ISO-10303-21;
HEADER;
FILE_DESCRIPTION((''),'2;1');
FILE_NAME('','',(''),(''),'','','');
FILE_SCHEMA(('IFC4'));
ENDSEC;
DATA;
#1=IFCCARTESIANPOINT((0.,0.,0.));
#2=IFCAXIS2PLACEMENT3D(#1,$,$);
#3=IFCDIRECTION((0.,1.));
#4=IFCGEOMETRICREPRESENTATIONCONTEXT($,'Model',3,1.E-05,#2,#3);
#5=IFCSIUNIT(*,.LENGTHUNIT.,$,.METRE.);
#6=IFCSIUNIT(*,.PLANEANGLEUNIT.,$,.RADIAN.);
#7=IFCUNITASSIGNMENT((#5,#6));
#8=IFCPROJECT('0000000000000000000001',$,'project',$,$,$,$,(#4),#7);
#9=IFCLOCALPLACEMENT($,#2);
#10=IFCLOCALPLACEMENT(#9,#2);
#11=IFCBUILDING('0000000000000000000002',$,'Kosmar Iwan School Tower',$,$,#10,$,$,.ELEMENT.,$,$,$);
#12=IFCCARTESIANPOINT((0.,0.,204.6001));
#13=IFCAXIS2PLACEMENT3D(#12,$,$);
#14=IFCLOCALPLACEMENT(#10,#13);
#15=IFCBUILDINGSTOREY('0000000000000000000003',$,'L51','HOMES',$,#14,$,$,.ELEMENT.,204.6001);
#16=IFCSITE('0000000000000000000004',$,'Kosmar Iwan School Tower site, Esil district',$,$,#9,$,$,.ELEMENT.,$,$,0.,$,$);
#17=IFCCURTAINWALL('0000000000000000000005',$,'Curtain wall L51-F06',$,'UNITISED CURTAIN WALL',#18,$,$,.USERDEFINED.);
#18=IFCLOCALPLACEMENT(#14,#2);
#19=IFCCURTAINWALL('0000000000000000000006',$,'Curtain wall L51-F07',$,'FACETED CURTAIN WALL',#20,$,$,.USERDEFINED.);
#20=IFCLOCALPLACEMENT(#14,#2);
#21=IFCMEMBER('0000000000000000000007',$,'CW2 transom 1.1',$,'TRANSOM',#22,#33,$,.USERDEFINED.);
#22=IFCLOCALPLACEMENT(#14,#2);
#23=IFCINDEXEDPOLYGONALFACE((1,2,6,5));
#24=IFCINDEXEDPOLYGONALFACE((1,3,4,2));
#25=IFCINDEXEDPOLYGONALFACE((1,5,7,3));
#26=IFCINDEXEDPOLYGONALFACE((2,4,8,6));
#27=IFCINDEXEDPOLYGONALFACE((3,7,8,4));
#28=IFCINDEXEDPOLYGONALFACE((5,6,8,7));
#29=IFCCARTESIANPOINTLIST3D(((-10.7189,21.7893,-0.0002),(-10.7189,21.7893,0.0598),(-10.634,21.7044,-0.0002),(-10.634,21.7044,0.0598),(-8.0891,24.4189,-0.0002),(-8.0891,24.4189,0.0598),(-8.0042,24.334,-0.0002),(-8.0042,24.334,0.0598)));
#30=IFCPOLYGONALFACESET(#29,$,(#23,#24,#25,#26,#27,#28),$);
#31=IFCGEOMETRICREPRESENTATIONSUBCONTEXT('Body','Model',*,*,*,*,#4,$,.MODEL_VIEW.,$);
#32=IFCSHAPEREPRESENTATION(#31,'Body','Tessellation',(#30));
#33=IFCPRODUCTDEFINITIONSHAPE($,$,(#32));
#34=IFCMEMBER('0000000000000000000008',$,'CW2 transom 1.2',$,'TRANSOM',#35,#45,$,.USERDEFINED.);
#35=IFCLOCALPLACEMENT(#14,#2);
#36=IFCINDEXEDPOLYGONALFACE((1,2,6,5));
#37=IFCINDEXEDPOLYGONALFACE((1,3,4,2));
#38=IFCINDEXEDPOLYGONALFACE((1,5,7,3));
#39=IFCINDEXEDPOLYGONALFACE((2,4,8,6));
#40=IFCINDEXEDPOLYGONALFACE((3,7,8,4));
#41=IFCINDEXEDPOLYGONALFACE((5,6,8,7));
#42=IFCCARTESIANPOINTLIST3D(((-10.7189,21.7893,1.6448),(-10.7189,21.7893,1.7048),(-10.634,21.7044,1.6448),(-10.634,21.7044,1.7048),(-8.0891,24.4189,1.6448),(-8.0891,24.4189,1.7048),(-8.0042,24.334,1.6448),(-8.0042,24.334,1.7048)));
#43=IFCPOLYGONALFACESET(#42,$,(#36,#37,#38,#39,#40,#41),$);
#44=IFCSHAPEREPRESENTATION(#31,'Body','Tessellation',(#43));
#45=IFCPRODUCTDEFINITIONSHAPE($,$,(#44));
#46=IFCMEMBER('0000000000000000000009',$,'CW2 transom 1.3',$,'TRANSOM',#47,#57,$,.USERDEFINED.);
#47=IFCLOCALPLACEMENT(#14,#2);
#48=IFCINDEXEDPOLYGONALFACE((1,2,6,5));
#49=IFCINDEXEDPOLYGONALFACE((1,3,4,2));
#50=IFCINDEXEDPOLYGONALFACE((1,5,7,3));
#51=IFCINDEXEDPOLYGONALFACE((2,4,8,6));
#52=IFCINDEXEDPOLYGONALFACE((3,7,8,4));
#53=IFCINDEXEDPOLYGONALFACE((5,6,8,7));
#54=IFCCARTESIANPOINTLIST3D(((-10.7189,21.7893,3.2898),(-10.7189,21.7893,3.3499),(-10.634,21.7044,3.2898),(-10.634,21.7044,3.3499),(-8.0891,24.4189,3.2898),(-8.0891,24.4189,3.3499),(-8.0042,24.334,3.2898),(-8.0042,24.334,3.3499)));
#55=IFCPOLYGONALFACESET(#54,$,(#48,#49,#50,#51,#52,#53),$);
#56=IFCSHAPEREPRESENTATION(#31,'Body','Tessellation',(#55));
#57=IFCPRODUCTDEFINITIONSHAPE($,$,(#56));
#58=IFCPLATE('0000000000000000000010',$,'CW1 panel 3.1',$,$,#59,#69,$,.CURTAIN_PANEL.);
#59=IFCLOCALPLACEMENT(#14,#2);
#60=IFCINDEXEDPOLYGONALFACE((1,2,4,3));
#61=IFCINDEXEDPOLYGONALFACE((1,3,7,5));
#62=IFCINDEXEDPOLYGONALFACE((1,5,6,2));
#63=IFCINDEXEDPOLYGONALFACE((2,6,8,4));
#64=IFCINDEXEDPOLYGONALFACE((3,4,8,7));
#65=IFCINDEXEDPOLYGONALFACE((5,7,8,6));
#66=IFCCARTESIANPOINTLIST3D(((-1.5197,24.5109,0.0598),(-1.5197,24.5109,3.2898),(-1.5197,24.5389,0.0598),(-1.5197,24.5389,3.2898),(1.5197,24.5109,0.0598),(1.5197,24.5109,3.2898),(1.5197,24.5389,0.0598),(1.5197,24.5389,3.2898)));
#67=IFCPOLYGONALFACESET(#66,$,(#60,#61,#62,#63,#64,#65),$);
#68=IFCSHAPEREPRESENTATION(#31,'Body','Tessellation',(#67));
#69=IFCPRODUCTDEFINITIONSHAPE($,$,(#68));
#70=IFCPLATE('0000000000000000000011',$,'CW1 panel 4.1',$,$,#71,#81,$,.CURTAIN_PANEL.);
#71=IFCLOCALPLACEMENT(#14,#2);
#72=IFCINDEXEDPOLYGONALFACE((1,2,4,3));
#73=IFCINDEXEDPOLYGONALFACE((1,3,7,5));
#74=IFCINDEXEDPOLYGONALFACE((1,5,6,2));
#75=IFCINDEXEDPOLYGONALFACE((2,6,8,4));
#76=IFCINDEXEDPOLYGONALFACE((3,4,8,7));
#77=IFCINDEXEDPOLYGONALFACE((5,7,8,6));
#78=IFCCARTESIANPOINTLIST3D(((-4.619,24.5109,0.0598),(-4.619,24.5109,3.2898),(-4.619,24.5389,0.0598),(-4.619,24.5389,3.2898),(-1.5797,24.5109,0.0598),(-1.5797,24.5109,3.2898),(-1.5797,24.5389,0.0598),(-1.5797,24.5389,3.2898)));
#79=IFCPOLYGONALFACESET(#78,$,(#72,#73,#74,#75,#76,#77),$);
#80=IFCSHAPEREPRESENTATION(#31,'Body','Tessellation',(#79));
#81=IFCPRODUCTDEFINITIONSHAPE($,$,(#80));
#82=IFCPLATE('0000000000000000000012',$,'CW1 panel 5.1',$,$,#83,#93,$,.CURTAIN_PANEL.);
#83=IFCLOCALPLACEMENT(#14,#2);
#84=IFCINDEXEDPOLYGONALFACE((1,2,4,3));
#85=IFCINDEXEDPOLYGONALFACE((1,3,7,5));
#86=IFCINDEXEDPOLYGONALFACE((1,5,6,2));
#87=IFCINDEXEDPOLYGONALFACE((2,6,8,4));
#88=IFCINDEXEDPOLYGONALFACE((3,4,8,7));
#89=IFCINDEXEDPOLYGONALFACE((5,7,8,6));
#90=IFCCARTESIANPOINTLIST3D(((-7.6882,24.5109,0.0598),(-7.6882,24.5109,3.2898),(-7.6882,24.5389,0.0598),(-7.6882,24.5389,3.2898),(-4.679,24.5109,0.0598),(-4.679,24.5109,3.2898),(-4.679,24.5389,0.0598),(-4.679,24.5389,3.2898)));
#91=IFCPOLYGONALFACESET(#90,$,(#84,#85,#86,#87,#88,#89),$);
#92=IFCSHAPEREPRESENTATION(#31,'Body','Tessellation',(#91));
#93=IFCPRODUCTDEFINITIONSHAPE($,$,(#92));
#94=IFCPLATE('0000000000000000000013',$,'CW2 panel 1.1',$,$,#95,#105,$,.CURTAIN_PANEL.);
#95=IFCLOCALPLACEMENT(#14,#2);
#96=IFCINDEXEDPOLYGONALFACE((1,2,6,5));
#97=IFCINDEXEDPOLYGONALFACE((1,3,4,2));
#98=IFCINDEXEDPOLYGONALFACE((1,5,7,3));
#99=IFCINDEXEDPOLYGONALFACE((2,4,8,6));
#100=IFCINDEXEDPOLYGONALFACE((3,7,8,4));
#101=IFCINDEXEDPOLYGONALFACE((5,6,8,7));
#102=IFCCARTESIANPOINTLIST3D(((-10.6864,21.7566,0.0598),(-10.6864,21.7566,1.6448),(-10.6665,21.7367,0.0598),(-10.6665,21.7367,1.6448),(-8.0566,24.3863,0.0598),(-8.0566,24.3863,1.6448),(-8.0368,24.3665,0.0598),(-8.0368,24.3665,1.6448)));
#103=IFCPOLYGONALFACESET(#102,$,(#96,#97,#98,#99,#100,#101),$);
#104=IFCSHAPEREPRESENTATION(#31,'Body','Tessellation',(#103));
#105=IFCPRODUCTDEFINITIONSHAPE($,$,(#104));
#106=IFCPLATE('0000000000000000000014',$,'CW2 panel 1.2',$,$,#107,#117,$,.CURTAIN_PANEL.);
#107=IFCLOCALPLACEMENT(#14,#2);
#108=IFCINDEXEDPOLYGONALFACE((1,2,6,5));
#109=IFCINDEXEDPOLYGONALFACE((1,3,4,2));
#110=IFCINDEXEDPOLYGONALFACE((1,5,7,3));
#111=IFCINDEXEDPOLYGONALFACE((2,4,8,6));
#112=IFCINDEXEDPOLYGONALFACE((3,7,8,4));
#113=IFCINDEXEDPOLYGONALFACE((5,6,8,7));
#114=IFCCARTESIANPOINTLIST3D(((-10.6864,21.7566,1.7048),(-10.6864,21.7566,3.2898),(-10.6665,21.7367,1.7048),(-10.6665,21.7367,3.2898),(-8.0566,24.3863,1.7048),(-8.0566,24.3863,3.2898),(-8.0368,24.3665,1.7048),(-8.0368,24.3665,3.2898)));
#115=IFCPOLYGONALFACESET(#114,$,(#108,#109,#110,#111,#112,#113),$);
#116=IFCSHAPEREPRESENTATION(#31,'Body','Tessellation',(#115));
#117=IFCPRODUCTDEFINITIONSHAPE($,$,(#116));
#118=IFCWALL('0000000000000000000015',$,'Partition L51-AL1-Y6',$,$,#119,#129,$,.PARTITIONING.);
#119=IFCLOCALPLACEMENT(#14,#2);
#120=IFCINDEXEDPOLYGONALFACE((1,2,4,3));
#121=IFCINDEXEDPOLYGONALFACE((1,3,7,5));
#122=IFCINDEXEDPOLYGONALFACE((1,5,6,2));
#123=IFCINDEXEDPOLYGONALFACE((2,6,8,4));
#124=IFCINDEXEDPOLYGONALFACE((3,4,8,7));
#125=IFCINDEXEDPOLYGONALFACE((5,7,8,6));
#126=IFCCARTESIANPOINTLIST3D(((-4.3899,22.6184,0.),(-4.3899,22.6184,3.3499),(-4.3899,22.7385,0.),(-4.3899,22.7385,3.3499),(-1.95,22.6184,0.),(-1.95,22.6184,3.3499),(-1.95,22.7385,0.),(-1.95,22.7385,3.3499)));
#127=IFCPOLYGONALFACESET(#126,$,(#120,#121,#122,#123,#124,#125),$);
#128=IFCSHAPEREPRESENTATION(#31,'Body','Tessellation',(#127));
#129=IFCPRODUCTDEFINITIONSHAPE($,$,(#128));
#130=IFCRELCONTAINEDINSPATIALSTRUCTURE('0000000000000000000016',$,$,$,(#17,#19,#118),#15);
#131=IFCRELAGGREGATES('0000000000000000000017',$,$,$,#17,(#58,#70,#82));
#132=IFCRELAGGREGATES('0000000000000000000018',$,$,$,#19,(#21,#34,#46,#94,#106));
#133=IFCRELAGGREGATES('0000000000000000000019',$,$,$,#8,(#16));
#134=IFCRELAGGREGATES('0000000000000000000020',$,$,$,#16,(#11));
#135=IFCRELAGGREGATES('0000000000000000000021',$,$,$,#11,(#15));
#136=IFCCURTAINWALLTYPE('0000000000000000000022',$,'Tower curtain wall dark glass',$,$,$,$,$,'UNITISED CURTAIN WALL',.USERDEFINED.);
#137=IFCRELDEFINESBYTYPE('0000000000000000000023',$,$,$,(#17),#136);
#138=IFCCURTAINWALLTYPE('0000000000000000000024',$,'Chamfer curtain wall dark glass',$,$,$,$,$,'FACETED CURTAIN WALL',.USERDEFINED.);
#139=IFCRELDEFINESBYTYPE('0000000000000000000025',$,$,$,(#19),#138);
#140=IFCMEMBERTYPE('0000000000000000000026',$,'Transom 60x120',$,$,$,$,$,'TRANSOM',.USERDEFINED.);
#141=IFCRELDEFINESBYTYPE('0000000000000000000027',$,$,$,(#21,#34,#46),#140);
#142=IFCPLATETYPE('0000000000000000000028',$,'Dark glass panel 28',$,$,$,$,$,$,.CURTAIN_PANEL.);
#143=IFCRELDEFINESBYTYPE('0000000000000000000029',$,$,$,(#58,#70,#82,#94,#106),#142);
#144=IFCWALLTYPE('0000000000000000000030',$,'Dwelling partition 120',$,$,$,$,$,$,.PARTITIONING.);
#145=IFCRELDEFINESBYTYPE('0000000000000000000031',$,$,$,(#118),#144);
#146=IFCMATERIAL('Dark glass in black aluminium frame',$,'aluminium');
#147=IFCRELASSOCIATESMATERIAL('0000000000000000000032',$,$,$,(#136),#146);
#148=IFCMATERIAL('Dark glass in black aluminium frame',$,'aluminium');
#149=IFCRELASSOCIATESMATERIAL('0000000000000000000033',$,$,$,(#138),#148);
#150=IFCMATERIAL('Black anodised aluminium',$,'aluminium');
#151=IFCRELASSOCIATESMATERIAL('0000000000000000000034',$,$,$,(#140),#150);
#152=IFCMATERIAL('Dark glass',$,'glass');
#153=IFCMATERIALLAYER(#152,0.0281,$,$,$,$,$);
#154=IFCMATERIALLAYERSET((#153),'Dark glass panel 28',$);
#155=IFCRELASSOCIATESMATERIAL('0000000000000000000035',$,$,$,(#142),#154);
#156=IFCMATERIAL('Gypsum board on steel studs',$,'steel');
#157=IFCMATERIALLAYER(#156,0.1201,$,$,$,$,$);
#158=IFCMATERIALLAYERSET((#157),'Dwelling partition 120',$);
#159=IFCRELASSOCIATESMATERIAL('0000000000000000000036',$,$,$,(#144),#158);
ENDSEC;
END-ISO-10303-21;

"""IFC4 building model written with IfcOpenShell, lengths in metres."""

from ifc_helpers import new_model, si_unit, direction, frame, frame_2d, origin, origin_2d, place, context, subcontext, project, spatial, rectangle, extrude, material, layer, layer_set, material_profile, profile_set, type_object, element, aggregate, save


model = new_model("IFC4")

# Units and contexts
model_context = context("Model", 3, precision=1e-05, world=origin(), true_north=direction((0.0, 1.0)))
body_context = subcontext(model_context, "Body", "Model", "MODEL_VIEW")
ifc_project = project(units=[si_unit("LENGTHUNIT", "METRE"), si_unit("PLANEANGLEUNIT", "RADIAN")], contexts=[model_context])

# Site, building, storey
site_placement = place(None, origin())
site = spatial("IfcSite", under=ifc_project, at=site_placement, Name="Kosmar Iwan School Tower site, Esil district", CompositionType="ELEMENT", RefElevation=0.0)
building_placement = place(site_placement, origin())
building = spatial("IfcBuilding", under=site, at=building_placement, Name="Kosmar Iwan School Tower", CompositionType="ELEMENT")
storey_placement = place(building_placement, frame((0.0, 0.0, 204.6001)))
storey = spatial("IfcBuildingStorey", under=building, at=storey_placement, Name="L51", Description="HOMES", CompositionType="ELEMENT", Elevation=204.6001)

# Curtain wall
ifc_material_1 = material(Name="Dark glass in black aluminium frame", Category="aluminium")
curtain_wall_type_1 = type_object("IfcCurtainWallType", Name="Tower curtain wall dark glass", ElementType="UNITISED CURTAIN WALL", PredefinedType="USERDEFINED", material=ifc_material_1)
curtain_wall_1_placement = place(storey_placement, origin())
curtain_wall_1 = element("IfcCurtainWall", 1, at=curtain_wall_1_placement, inside=storey, type_object=curtain_wall_type_1, Name="Curtain wall L51-F06", ObjectType="UNITISED CURTAIN WALL", PredefinedType="USERDEFINED")

# Curtain wall
ifc_material_2 = material(Name="Dark glass in black aluminium frame", Category="aluminium")
curtain_wall_type_2 = type_object("IfcCurtainWallType", Name="Chamfer curtain wall dark glass", ElementType="FACETED CURTAIN WALL", PredefinedType="USERDEFINED", material=ifc_material_2)
curtain_wall_2_placement = place(storey_placement, origin())
curtain_wall_2 = element("IfcCurtainWall", 2, at=curtain_wall_2_placement, inside=storey, type_object=curtain_wall_type_2, Name="Curtain wall L51-F07", ObjectType="FACETED CURTAIN WALL", PredefinedType="USERDEFINED")

# Members
ifc_material_3 = material(Name="Black anodised aluminium", Category="aluminium")
ifc_material_profile_1 = material_profile(ifc_material_3, rectangle(XDim=0.1201, YDim=0.0601, at=origin_2d()), Name="TRANSOM 60x120")
ifc_profile_set_1 = profile_set([ifc_material_profile_1], Name="Black anodised aluminium")
member_type_1 = type_object("IfcMemberType", Name="Transom 60x120", ElementType="TRANSOM", PredefinedType="USERDEFINED", material=ifc_profile_set_1)
member_1_placement = place(storey_placement, frame((-8.0466, 24.3765, 0.0298), z_axis=(-0.70714, -0.707074, 0.0), x_axis=(0.707074, -0.70714, 0.0)))
member_1 = element("IfcMember", 3, at=member_1_placement, type_object=member_type_1, Name="CW2 transom 1.1", ObjectType="TRANSOM", PredefinedType="USERDEFINED", context=body_context, shape_type="SweptSolid", body=[
    extrude(rectangle(XDim=0.1201, YDim=0.0601, at=origin_2d()), origin(), (0.0, 0.0, 1.0), 3.719),
])
member_2_placement = place(storey_placement, frame((-8.0466, 24.3765, 1.6748), z_axis=(-0.70714, -0.707074, 0.0), x_axis=(0.707074, -0.70714, 0.0)))
member_2 = element("IfcMember", 4, at=member_2_placement, type_object=member_type_1, Name="CW2 transom 1.2", ObjectType="TRANSOM", PredefinedType="USERDEFINED", context=body_context, shape_type="SweptSolid", body=[
    extrude(rectangle(XDim=0.1201, YDim=0.0601, at=origin_2d()), origin(), (0.0, 0.0, 1.0), 3.719),
])
member_3_placement = place(storey_placement, frame((-8.0466, 24.3765, 3.3198), z_axis=(-0.70714, -0.707074, 0.0), x_axis=(0.707074, -0.70714, 0.0)))
member_3 = element("IfcMember", 5, at=member_3_placement, type_object=member_type_1, Name="CW2 transom 1.3", ObjectType="TRANSOM", PredefinedType="USERDEFINED", context=body_context, shape_type="SweptSolid", body=[
    extrude(rectangle(XDim=0.1201, YDim=0.0601, at=origin_2d()), origin(), (0.0, 0.0, 1.0), 3.719),
])

# Plates
ifc_material_4 = material(Name="Dark glass", Category="glass")
ifc_layer_1 = layer(ifc_material_4, 0.0281)
ifc_layer_set_1 = layer_set([ifc_layer_1], Name="Dark glass panel 28")
plate_type = type_object("IfcPlateType", Name="Dark glass panel 28", PredefinedType="CURTAIN_PANEL", material=ifc_layer_set_1)
plate_1_placement = place(storey_placement, frame((0.0, 24.5249, 0.0598), z_axis=(0.0, 0.0, 1.0), x_axis=(-1.0, 0.0, 0.0)))
plate_1 = element("IfcPlate", 6, at=plate_1_placement, type_object=plate_type, Name="CW1 panel 3.1", PredefinedType="CURTAIN_PANEL", context=body_context, shape_type="SweptSolid", body=[
    extrude(rectangle(XDim=3.0393, YDim=0.0281, at=origin_2d()), origin(), (0.0, 0.0, 1.0), 3.23),
])
plate_2_placement = place(storey_placement, frame((-3.0994, 24.5249, 0.0598), z_axis=(0.0, 0.0, 1.0), x_axis=(-1.0, 0.0, 0.0)))
plate_2 = element("IfcPlate", 7, at=plate_2_placement, type_object=plate_type, Name="CW1 panel 4.1", PredefinedType="CURTAIN_PANEL", context=body_context, shape_type="SweptSolid", body=[
    extrude(rectangle(XDim=3.0393, YDim=0.0281, at=origin_2d()), origin(), (0.0, 0.0, 1.0), 3.23),
])
plate_3_placement = place(storey_placement, frame((-6.1836, 24.5249, 0.0598), z_axis=(0.0, 0.0, 1.0), x_axis=(-1.0, 0.0, 0.0)))
plate_3 = element("IfcPlate", 8, at=plate_3_placement, type_object=plate_type, Name="CW1 panel 5.1", PredefinedType="CURTAIN_PANEL", context=body_context, shape_type="SweptSolid", body=[
    extrude(rectangle(XDim=3.0093, YDim=0.0281, at=origin_2d()), origin(), (0.0, 0.0, 1.0), 3.23),
])
aggregate(curtain_wall_1, [plate_1, plate_2, plate_3])
plate_4_placement = place(storey_placement, frame((-9.3616, 23.0615, 0.0598), z_axis=(0.0, 0.0, 1.0), x_axis=(-0.707107, -0.707107, 0.0)))
plate_4 = element("IfcPlate", 9, at=plate_4_placement, type_object=plate_type, Name="CW2 panel 1.1", PredefinedType="CURTAIN_PANEL", context=body_context, shape_type="SweptSolid", body=[
    extrude(rectangle(XDim=3.719, YDim=0.0281, at=origin_2d()), origin(), (0.0, 0.0, 1.0), 1.585),
])
plate_5_placement = place(storey_placement, frame((-9.3616, 23.0615, 1.7048), z_axis=(0.0, 0.0, 1.0), x_axis=(-0.707107, -0.707107, 0.0)))
plate_5 = element("IfcPlate", 10, at=plate_5_placement, type_object=plate_type, Name="CW2 panel 1.2", PredefinedType="CURTAIN_PANEL", context=body_context, shape_type="SweptSolid", body=[
    extrude(rectangle(XDim=3.719, YDim=0.0281, at=origin_2d()), origin(), (0.0, 0.0, 1.0), 1.585),
])
aggregate(curtain_wall_2, [member_1, member_2, member_3, plate_4, plate_5])

# Wall
ifc_material_5 = material(Name="Gypsum board on steel studs", Category="steel")
ifc_layer_2 = layer(ifc_material_5, 0.1201)
ifc_layer_set_2 = layer_set([ifc_layer_2], Name="Dwelling partition 120")
wall_type = type_object("IfcWallType", Name="Dwelling partition 120", PredefinedType="PARTITIONING", material=ifc_layer_set_2)
wall_placement = place(storey_placement, frame((-1.95, 22.6785, 0.0), z_axis=(0.0, 0.0, 1.0), x_axis=(-1.0, 0.0, 0.0)))
element("IfcWall", 11, at=wall_placement, inside=storey, type_object=wall_type, Name="Partition L51-AL1-Y6", PredefinedType="PARTITIONING", context=body_context, shape_type="SweptSolid", body=[
    extrude(rectangle(XDim=2.4399, YDim=0.1201, at=frame_2d((1.22, 0.0))), origin(), (0.0, 0.0, 1.0), 3.3499),
])

save(model, "model.ifc")
